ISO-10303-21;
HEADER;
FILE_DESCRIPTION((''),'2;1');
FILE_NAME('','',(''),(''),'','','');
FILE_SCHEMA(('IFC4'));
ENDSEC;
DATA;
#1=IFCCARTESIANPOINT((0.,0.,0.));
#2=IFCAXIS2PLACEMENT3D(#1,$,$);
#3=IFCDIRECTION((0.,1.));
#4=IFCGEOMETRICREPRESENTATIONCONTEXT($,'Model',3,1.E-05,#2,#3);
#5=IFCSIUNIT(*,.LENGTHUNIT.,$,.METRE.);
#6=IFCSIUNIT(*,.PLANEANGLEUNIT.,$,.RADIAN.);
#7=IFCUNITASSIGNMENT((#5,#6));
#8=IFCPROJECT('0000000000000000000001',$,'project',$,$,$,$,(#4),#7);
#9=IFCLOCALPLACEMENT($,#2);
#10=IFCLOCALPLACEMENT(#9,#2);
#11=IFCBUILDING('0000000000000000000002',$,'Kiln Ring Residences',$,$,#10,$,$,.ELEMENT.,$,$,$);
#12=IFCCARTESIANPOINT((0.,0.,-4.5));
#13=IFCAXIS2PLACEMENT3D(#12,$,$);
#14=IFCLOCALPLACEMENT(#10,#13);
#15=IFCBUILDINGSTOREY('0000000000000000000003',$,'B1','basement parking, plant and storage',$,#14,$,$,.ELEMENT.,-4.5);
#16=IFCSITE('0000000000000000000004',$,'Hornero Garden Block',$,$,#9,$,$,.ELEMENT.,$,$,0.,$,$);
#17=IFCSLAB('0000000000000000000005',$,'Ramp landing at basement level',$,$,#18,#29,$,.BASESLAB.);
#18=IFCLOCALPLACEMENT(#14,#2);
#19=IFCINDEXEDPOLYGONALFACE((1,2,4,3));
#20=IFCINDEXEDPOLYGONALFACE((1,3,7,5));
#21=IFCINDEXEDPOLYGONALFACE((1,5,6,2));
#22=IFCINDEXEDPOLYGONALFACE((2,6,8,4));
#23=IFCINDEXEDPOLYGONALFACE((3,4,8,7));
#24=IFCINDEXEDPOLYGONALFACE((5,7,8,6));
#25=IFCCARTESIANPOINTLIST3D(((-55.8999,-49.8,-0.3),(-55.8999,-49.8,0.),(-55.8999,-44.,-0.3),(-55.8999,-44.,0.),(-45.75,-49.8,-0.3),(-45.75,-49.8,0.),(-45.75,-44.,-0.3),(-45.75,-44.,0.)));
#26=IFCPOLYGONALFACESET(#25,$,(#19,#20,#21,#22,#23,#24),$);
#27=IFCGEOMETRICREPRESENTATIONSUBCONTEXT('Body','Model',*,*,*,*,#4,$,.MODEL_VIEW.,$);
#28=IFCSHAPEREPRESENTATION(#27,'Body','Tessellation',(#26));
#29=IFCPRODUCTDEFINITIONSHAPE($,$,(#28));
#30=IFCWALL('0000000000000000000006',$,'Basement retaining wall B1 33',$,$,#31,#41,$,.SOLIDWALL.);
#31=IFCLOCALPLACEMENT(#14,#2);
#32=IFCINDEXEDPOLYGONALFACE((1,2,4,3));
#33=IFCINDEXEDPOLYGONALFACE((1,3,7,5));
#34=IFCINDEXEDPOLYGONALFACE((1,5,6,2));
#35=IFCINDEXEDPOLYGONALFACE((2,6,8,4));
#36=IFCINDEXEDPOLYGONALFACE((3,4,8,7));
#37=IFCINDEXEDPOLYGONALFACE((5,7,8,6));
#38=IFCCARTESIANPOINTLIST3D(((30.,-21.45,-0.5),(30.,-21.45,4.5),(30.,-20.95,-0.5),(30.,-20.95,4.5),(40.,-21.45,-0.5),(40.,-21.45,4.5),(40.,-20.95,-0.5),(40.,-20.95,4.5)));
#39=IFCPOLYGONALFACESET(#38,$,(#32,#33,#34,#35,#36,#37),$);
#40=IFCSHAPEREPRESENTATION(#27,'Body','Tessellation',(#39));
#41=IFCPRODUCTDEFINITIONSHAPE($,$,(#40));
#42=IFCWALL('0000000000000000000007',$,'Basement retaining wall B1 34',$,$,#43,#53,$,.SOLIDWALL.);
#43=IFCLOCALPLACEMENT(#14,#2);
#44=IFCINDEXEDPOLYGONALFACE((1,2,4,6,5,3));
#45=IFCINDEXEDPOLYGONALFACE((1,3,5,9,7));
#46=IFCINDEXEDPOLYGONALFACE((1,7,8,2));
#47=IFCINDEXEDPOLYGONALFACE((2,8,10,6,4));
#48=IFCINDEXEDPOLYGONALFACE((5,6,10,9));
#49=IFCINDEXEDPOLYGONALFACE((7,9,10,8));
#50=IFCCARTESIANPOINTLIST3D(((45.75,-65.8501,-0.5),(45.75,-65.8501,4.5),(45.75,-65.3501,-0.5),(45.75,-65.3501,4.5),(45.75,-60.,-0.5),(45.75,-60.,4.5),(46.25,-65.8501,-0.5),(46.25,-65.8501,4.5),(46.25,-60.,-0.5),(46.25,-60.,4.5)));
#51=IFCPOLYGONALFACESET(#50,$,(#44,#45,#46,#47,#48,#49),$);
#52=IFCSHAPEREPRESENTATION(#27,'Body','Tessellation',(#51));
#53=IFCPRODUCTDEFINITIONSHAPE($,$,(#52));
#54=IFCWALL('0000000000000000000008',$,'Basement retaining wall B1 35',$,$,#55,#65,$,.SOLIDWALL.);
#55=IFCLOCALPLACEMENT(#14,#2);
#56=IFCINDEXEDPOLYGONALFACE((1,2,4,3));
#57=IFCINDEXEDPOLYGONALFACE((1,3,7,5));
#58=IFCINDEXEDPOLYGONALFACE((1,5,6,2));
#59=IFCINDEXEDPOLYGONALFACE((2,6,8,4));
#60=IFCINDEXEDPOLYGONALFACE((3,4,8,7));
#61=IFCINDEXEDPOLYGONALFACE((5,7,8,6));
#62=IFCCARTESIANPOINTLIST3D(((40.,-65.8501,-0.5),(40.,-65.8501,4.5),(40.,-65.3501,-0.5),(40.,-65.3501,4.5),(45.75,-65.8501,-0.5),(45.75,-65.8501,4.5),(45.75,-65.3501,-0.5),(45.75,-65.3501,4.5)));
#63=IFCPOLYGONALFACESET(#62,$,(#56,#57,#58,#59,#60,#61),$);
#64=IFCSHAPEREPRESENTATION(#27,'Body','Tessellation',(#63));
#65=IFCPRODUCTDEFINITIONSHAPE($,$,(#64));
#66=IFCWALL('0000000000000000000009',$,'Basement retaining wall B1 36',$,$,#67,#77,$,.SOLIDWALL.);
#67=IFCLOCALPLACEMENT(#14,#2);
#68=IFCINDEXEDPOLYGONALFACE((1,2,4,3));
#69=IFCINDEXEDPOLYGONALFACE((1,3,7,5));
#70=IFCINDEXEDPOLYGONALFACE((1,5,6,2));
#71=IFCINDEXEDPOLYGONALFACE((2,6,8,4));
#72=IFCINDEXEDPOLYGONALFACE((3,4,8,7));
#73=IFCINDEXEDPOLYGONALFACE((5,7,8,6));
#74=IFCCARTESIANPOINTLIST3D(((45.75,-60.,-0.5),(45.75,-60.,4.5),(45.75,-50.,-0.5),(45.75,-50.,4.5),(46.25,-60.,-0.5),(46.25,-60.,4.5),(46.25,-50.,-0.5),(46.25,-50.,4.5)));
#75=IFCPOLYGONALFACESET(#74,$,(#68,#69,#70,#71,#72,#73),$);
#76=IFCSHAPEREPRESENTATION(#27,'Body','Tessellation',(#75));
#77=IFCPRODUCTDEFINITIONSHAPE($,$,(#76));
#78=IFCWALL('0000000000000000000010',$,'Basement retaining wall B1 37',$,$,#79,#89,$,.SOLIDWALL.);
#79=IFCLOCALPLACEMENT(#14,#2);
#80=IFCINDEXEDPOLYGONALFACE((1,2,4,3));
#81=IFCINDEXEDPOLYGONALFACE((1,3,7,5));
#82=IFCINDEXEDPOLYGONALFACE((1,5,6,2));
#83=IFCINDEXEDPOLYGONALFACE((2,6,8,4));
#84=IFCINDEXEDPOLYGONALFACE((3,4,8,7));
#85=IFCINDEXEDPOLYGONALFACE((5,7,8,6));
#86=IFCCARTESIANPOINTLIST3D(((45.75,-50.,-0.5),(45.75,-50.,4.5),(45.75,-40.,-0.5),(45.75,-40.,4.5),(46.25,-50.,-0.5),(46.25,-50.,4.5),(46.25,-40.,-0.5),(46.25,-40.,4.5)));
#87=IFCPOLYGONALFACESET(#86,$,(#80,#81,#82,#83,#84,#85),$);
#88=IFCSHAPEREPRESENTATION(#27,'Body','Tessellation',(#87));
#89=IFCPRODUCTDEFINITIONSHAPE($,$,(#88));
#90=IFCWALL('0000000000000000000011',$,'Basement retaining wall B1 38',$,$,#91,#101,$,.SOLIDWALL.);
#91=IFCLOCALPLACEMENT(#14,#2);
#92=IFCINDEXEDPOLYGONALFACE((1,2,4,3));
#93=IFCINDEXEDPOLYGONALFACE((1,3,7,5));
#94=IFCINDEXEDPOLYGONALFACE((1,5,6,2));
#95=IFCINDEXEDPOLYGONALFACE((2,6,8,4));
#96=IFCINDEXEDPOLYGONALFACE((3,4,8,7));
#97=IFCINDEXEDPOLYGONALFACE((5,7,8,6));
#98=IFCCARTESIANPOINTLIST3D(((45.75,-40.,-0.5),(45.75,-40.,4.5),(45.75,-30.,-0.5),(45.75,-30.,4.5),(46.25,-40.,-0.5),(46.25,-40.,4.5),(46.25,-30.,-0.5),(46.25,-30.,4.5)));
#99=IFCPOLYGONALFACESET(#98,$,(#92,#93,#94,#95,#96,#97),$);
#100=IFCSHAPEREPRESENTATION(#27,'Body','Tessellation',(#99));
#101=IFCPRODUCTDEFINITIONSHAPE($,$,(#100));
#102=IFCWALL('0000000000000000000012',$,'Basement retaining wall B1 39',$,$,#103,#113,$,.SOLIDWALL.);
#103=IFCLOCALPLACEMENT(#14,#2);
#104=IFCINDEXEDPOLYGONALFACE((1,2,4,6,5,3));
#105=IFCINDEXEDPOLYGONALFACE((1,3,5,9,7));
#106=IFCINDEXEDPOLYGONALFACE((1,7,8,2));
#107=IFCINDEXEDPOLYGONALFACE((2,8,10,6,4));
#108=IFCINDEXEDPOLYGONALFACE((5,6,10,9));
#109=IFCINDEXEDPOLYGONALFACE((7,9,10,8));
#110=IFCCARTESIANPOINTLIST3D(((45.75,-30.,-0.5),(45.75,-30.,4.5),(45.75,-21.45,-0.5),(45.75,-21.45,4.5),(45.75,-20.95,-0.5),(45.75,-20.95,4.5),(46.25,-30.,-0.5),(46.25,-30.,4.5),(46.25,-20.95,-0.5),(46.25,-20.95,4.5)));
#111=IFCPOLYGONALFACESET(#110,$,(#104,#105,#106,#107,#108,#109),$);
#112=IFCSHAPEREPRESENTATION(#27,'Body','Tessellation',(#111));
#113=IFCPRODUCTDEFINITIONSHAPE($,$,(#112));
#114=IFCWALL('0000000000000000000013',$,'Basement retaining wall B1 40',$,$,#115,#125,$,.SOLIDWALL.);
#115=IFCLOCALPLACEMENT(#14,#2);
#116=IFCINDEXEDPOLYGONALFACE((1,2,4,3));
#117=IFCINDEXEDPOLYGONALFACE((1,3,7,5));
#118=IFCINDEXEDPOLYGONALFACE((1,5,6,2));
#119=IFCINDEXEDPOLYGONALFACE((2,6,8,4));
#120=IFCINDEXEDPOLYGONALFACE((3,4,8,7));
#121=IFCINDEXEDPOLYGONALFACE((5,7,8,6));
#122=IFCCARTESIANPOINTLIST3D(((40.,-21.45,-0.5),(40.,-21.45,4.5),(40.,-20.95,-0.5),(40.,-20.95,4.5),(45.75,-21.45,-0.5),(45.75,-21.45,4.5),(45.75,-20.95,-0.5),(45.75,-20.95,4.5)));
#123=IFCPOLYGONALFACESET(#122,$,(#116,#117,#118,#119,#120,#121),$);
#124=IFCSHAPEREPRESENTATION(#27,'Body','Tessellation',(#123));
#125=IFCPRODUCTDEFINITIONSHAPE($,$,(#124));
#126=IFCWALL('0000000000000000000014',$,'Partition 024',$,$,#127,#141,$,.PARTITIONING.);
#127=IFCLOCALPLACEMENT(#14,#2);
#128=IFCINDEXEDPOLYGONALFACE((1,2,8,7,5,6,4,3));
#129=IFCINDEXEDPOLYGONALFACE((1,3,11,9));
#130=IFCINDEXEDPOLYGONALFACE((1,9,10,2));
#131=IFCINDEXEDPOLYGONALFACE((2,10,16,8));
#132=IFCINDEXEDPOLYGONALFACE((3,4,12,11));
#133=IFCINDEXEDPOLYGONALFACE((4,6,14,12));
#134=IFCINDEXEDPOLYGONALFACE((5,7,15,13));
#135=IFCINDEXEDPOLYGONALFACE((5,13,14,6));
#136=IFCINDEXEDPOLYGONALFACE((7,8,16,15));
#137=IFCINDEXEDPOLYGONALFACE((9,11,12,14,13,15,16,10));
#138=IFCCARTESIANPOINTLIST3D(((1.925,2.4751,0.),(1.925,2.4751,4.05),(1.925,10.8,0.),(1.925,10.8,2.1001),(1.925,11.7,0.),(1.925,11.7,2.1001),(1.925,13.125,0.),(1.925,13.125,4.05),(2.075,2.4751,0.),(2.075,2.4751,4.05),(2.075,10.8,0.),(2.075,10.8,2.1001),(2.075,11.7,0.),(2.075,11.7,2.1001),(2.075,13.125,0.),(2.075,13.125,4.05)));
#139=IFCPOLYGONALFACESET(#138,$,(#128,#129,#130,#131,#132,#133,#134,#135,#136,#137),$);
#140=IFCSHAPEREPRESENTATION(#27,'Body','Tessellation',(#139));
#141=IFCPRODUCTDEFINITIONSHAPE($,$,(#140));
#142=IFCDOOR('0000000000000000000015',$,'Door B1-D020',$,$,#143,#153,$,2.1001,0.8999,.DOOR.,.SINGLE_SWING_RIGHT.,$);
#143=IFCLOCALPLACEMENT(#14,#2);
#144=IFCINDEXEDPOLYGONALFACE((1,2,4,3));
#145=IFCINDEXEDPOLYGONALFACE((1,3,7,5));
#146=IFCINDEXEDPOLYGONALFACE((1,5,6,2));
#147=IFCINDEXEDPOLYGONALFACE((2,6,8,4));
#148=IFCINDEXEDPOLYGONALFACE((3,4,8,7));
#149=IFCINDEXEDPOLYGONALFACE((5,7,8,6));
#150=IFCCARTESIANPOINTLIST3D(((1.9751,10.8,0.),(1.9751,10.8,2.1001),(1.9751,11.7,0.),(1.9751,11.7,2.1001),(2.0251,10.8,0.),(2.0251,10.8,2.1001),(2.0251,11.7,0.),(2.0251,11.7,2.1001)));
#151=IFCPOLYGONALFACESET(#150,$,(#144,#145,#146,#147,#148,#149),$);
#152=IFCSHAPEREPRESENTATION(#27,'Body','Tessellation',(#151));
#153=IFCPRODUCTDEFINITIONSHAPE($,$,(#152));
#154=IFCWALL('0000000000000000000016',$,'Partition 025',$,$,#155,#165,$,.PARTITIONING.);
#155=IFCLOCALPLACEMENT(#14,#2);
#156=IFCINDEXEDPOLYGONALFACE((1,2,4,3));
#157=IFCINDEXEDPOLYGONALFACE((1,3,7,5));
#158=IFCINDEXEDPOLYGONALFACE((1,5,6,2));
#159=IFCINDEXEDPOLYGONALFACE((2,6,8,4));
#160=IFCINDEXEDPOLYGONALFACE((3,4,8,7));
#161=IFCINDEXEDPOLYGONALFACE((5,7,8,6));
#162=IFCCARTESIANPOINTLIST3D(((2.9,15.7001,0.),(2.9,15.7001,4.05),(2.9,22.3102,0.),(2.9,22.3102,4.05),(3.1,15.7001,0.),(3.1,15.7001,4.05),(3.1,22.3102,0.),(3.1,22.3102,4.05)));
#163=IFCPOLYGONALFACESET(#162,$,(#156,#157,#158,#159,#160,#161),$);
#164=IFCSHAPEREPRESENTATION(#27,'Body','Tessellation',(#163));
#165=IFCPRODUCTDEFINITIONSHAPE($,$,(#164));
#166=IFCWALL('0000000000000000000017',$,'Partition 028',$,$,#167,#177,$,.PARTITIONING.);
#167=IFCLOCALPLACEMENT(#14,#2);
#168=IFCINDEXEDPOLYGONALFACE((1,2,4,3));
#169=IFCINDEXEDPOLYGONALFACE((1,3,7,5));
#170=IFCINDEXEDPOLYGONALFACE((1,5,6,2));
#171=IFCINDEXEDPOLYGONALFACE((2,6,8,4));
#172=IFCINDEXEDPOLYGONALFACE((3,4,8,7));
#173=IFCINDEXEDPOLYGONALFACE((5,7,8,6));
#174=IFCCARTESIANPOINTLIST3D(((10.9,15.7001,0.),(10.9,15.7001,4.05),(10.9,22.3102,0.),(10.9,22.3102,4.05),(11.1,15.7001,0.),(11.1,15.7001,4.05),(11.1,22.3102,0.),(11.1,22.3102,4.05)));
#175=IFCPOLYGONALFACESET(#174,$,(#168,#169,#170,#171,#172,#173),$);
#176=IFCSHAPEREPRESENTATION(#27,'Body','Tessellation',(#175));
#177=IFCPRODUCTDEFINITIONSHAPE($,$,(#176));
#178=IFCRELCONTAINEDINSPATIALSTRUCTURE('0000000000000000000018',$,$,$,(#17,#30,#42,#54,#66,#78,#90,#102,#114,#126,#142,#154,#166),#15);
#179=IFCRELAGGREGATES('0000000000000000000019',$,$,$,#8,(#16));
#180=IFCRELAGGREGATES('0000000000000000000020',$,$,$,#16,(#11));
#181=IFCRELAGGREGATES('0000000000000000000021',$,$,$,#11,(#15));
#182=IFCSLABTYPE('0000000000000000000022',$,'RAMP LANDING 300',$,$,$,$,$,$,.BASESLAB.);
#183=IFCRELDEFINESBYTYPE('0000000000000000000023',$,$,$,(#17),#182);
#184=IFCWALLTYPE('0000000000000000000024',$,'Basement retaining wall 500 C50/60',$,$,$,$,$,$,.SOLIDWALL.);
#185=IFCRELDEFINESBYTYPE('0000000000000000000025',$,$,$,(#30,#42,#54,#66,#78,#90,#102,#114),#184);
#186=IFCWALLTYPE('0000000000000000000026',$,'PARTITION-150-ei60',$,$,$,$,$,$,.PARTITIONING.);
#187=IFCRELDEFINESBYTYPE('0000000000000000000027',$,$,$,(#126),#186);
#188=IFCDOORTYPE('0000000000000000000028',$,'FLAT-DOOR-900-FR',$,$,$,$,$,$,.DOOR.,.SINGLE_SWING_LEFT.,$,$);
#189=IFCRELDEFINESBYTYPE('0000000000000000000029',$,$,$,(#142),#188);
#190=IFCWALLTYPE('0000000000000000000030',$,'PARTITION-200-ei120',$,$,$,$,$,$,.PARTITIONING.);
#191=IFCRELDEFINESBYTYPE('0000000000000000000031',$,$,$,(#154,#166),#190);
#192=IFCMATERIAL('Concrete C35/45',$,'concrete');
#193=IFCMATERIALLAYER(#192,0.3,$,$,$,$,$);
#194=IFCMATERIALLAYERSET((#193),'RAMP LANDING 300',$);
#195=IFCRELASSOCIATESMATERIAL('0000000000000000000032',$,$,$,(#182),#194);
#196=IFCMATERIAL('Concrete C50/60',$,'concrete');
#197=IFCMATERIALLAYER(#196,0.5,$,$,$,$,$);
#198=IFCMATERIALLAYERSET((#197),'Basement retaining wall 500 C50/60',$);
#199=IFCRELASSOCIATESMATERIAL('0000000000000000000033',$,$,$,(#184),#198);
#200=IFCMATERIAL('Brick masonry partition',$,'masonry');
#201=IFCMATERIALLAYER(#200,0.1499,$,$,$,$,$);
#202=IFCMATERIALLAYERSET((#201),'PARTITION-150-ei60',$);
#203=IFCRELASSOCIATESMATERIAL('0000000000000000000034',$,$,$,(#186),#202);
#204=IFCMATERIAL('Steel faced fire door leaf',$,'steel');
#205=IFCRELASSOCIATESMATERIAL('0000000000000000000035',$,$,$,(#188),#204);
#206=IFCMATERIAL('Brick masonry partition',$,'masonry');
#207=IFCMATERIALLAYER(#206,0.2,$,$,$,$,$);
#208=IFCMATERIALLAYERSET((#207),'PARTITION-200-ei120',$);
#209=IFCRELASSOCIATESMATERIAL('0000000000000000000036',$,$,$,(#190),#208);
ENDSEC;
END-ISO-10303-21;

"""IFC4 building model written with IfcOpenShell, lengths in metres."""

from ifc_helpers import new_model, si_unit, direction, frame, frame_2d, origin, place, context, subcontext, project, spatial, polyline, rectangle, outline, extrude, material, layer, layer_set, type_object, element, fill, save


model = new_model("IFC4")

# Units and contexts
model_context = context("Model", 3, precision=1e-05, world=origin(), true_north=direction((0.0, 1.0)))
body_context = subcontext(model_context, "Body", "Model", "MODEL_VIEW")
ifc_project = project(units=[si_unit("LENGTHUNIT", "METRE"), si_unit("PLANEANGLEUNIT", "RADIAN")], contexts=[model_context])

# Site, building, storey
site_placement = place(None, origin())
site = spatial("IfcSite", under=ifc_project, at=site_placement, Name="Hornero Garden Block", CompositionType="ELEMENT", RefElevation=0.0)
building_placement = place(site_placement, origin())
building = spatial("IfcBuilding", under=site, at=building_placement, Name="Kiln Ring Residences", CompositionType="ELEMENT")
storey_placement = place(building_placement, frame((0.0, 0.0, -4.5)))
storey = spatial("IfcBuildingStorey", under=building, at=storey_placement, Name="B1", Description="basement parking, plant and storage", CompositionType="ELEMENT", Elevation=-4.5)

# Slab
placement_1 = place(storey_placement, frame((0.0, 0.0, -0.5)))
ifc_material_1 = material(Name="Concrete C35/45", Category="concrete")
ifc_layer_1 = layer(ifc_material_1, 0.3)
ifc_layer_set_1 = layer_set([ifc_layer_1], Name="RAMP LANDING 300")
slab_type_1 = type_object("IfcSlabType", Name="RAMP LANDING 300", PredefinedType="BASESLAB", material=ifc_layer_set_1)
slab_1_placement = place(storey_placement, frame((0.0, 0.0, -0.3)))
element("IfcSlab", 1, at=slab_1_placement, inside=storey, type_object=slab_type_1, Name="Ramp landing at basement level", PredefinedType="BASESLAB", context=body_context, shape_type="SweptSolid", body=[
    extrude(outline(polyline([(-55.8999, -49.8), (-45.75, -49.8), (-45.75, -44.0), (-55.8999, -44.0), (-55.8999, -49.8)])), origin(), (0.0, 0.0, 1.0), 0.3),
])

# Walls
ifc_material_2 = material(Name="Concrete C50/60", Category="concrete")
ifc_layer_2 = layer(ifc_material_2, 0.5)
ifc_layer_set_2 = layer_set([ifc_layer_2], Name="Basement retaining wall 500 C50/60")
wall_type_1 = type_object("IfcWallType", Name="Basement retaining wall 500 C50/60", PredefinedType="SOLIDWALL", material=ifc_layer_set_2)
element("IfcWall", 2, at=placement_1, inside=storey, type_object=wall_type_1, Name="Basement retaining wall B1 33", PredefinedType="SOLIDWALL", context=body_context, shape_type="SweptSolid", body=[
    extrude(outline(polyline([(30.0, -20.95), (30.0, -21.45), (40.0, -21.45), (40.0, -20.95), (30.0, -20.95)])), origin(), (0.0, 0.0, 1.0), 5.0),
])
element("IfcWall", 3, at=placement_1, inside=storey, type_object=wall_type_1, Name="Basement retaining wall B1 34", PredefinedType="SOLIDWALL", context=body_context, shape_type="SweptSolid", body=[
    extrude(outline(polyline([(46.25, -65.8501), (46.25, -60.0), (45.75, -60.0), (45.75, -65.3501), (45.75, -65.8501), (46.25, -65.8501)])), origin(), (0.0, 0.0, 1.0), 5.0),
])
element("IfcWall", 4, at=placement_1, inside=storey, type_object=wall_type_1, Name="Basement retaining wall B1 35", PredefinedType="SOLIDWALL", context=body_context, shape_type="SweptSolid", body=[
    extrude(outline(polyline([(45.75, -65.8501), (45.75, -65.3501), (40.0, -65.3501), (40.0, -65.8501), (45.75, -65.8501)])), origin(), (0.0, 0.0, 1.0), 5.0),
])
element("IfcWall", 5, at=placement_1, inside=storey, type_object=wall_type_1, Name="Basement retaining wall B1 36", PredefinedType="SOLIDWALL", context=body_context, shape_type="SweptSolid", body=[
    extrude(outline(polyline([(46.25, -50.0), (45.75, -50.0), (45.75, -60.0), (46.25, -60.0), (46.25, -50.0)])), origin(), (0.0, 0.0, 1.0), 5.0),
])
element("IfcWall", 6, at=placement_1, inside=storey, type_object=wall_type_1, Name="Basement retaining wall B1 37", PredefinedType="SOLIDWALL", context=body_context, shape_type="SweptSolid", body=[
    extrude(outline(polyline([(46.25, -40.0), (45.75, -40.0), (45.75, -50.0), (46.25, -50.0), (46.25, -40.0)])), origin(), (0.0, 0.0, 1.0), 5.0),
])
element("IfcWall", 7, at=placement_1, inside=storey, type_object=wall_type_1, Name="Basement retaining wall B1 38", PredefinedType="SOLIDWALL", context=body_context, shape_type="SweptSolid", body=[
    extrude(outline(polyline([(46.25, -30.0), (45.75, -30.0), (45.75, -40.0), (46.25, -40.0), (46.25, -30.0)])), origin(), (0.0, 0.0, 1.0), 5.0),
])
element("IfcWall", 8, at=placement_1, inside=storey, type_object=wall_type_1, Name="Basement retaining wall B1 39", PredefinedType="SOLIDWALL", context=body_context, shape_type="SweptSolid", body=[
    extrude(outline(polyline([(46.25, -20.95), (45.75, -20.95), (45.75, -21.45), (45.75, -30.0), (46.25, -30.0), (46.25, -20.95)])), origin(), (0.0, 0.0, 1.0), 5.0),
])
element("IfcWall", 9, at=placement_1, inside=storey, type_object=wall_type_1, Name="Basement retaining wall B1 40", PredefinedType="SOLIDWALL", context=body_context, shape_type="SweptSolid", body=[
    extrude(outline(polyline([(45.75, -21.45), (45.75, -20.95), (40.0, -20.95), (40.0, -21.45), (45.75, -21.45)])), origin(), (0.0, 0.0, 1.0), 5.0),
])

# Wall, opening, door
ifc_material_3 = material(Name="Brick masonry partition", Category="masonry")
ifc_layer_3 = layer(ifc_material_3, 0.1499)
ifc_layer_set_3 = layer_set([ifc_layer_3], Name="PARTITION-150-ei60")
wall_type_2 = type_object("IfcWallType", Name="PARTITION-150-ei60", PredefinedType="PARTITIONING", material=ifc_layer_set_3)
wall_1_placement = place(storey_placement, frame((2.0, 2.4751, 0.0), z_axis=(0.0, 0.0, 1.0), x_axis=(0.0, 1.0, 0.0)))
wall_1 = element("IfcWall", 10, at=wall_1_placement, inside=storey, type_object=wall_type_2, Name="Partition 024", PredefinedType="PARTITIONING", context=body_context, shape_type="SweptSolid", body=[
    extrude(rectangle(XDim=10.6499, YDim=0.1499, at=frame_2d((5.325, 0.0))), origin(), (0.0, 0.0, 1.0), 4.05),
])
opening_placement = place(wall_1_placement, frame((8.325, 0.0, 0.0)))
opening = element("IfcOpeningElement", 11, at=opening_placement, cuts=wall_1, PredefinedType="OPENING", context=body_context, shape_type="SweptSolid", body=[
    extrude(rectangle(XDim=0.8999, YDim=2.1001, at=frame_2d((0.45, 1.05))), frame((0.0, 0.085, 0.0), z_axis=(0.0, -1.0, 0.0), x_axis=(1.0, 0.0, 0.0)), (0.0, 0.0, 1.0), 0.1699),
])
ifc_material_4 = material(Name="Steel faced fire door leaf", Category="steel")
door_type = type_object("IfcDoorType", Name="FLAT-DOOR-900-FR", OperationType="SINGLE_SWING_LEFT", PredefinedType="DOOR", material=ifc_material_4)
door_placement = place(opening_placement, origin())
door = element("IfcDoor", 12, at=door_placement, inside=storey, type_object=door_type, Name="Door B1-D020", OperationType="SINGLE_SWING_RIGHT", OverallHeight=2.1001, OverallWidth=0.8999, PredefinedType="DOOR", context=body_context, shape_type="SweptSolid", body=[
    extrude(rectangle(XDim=0.8999, YDim=2.1001, at=frame_2d((0.45, 1.05))), frame((0.0, 0.0249, 0.0), z_axis=(0.0, -1.0, 0.0), x_axis=(1.0, 0.0, 0.0)), (0.0, 0.0, 1.0), 0.05),
])
fill(opening, door)

# Walls
ifc_material_5 = material(Name="Brick masonry partition", Category="masonry")
ifc_layer_4 = layer(ifc_material_5, 0.2)
ifc_layer_set_4 = layer_set([ifc_layer_4], Name="PARTITION-200-ei120")
wall_type_3 = type_object("IfcWallType", Name="PARTITION-200-ei120", PredefinedType="PARTITIONING", material=ifc_layer_set_4)
for number, where, z_axis, x_axis, name in (
    (13, (3.0, 15.7, 0.0), (0.0, 0.0, 1.0), (0.0, 1.0, 0.0), "Partition 025"),
    (14, (11.0, 15.7, 0.0), (0.0, 0.0, 1.0), (0.0, 1.0, 0.0), "Partition 028"),
):
    element("IfcWall", number, at=place(storey_placement, frame(where, z_axis=z_axis, x_axis=x_axis)), inside=storey, type_object=wall_type_3, Name=name, PredefinedType="PARTITIONING", context=body_context, shape_type="SweptSolid", body=[
        extrude(rectangle(XDim=6.6101, YDim=0.2, at=frame_2d((3.3052, 0.0))), origin(), (0.0, 0.0, 1.0), 4.05),
    ])

save(model, "model.ifc")
